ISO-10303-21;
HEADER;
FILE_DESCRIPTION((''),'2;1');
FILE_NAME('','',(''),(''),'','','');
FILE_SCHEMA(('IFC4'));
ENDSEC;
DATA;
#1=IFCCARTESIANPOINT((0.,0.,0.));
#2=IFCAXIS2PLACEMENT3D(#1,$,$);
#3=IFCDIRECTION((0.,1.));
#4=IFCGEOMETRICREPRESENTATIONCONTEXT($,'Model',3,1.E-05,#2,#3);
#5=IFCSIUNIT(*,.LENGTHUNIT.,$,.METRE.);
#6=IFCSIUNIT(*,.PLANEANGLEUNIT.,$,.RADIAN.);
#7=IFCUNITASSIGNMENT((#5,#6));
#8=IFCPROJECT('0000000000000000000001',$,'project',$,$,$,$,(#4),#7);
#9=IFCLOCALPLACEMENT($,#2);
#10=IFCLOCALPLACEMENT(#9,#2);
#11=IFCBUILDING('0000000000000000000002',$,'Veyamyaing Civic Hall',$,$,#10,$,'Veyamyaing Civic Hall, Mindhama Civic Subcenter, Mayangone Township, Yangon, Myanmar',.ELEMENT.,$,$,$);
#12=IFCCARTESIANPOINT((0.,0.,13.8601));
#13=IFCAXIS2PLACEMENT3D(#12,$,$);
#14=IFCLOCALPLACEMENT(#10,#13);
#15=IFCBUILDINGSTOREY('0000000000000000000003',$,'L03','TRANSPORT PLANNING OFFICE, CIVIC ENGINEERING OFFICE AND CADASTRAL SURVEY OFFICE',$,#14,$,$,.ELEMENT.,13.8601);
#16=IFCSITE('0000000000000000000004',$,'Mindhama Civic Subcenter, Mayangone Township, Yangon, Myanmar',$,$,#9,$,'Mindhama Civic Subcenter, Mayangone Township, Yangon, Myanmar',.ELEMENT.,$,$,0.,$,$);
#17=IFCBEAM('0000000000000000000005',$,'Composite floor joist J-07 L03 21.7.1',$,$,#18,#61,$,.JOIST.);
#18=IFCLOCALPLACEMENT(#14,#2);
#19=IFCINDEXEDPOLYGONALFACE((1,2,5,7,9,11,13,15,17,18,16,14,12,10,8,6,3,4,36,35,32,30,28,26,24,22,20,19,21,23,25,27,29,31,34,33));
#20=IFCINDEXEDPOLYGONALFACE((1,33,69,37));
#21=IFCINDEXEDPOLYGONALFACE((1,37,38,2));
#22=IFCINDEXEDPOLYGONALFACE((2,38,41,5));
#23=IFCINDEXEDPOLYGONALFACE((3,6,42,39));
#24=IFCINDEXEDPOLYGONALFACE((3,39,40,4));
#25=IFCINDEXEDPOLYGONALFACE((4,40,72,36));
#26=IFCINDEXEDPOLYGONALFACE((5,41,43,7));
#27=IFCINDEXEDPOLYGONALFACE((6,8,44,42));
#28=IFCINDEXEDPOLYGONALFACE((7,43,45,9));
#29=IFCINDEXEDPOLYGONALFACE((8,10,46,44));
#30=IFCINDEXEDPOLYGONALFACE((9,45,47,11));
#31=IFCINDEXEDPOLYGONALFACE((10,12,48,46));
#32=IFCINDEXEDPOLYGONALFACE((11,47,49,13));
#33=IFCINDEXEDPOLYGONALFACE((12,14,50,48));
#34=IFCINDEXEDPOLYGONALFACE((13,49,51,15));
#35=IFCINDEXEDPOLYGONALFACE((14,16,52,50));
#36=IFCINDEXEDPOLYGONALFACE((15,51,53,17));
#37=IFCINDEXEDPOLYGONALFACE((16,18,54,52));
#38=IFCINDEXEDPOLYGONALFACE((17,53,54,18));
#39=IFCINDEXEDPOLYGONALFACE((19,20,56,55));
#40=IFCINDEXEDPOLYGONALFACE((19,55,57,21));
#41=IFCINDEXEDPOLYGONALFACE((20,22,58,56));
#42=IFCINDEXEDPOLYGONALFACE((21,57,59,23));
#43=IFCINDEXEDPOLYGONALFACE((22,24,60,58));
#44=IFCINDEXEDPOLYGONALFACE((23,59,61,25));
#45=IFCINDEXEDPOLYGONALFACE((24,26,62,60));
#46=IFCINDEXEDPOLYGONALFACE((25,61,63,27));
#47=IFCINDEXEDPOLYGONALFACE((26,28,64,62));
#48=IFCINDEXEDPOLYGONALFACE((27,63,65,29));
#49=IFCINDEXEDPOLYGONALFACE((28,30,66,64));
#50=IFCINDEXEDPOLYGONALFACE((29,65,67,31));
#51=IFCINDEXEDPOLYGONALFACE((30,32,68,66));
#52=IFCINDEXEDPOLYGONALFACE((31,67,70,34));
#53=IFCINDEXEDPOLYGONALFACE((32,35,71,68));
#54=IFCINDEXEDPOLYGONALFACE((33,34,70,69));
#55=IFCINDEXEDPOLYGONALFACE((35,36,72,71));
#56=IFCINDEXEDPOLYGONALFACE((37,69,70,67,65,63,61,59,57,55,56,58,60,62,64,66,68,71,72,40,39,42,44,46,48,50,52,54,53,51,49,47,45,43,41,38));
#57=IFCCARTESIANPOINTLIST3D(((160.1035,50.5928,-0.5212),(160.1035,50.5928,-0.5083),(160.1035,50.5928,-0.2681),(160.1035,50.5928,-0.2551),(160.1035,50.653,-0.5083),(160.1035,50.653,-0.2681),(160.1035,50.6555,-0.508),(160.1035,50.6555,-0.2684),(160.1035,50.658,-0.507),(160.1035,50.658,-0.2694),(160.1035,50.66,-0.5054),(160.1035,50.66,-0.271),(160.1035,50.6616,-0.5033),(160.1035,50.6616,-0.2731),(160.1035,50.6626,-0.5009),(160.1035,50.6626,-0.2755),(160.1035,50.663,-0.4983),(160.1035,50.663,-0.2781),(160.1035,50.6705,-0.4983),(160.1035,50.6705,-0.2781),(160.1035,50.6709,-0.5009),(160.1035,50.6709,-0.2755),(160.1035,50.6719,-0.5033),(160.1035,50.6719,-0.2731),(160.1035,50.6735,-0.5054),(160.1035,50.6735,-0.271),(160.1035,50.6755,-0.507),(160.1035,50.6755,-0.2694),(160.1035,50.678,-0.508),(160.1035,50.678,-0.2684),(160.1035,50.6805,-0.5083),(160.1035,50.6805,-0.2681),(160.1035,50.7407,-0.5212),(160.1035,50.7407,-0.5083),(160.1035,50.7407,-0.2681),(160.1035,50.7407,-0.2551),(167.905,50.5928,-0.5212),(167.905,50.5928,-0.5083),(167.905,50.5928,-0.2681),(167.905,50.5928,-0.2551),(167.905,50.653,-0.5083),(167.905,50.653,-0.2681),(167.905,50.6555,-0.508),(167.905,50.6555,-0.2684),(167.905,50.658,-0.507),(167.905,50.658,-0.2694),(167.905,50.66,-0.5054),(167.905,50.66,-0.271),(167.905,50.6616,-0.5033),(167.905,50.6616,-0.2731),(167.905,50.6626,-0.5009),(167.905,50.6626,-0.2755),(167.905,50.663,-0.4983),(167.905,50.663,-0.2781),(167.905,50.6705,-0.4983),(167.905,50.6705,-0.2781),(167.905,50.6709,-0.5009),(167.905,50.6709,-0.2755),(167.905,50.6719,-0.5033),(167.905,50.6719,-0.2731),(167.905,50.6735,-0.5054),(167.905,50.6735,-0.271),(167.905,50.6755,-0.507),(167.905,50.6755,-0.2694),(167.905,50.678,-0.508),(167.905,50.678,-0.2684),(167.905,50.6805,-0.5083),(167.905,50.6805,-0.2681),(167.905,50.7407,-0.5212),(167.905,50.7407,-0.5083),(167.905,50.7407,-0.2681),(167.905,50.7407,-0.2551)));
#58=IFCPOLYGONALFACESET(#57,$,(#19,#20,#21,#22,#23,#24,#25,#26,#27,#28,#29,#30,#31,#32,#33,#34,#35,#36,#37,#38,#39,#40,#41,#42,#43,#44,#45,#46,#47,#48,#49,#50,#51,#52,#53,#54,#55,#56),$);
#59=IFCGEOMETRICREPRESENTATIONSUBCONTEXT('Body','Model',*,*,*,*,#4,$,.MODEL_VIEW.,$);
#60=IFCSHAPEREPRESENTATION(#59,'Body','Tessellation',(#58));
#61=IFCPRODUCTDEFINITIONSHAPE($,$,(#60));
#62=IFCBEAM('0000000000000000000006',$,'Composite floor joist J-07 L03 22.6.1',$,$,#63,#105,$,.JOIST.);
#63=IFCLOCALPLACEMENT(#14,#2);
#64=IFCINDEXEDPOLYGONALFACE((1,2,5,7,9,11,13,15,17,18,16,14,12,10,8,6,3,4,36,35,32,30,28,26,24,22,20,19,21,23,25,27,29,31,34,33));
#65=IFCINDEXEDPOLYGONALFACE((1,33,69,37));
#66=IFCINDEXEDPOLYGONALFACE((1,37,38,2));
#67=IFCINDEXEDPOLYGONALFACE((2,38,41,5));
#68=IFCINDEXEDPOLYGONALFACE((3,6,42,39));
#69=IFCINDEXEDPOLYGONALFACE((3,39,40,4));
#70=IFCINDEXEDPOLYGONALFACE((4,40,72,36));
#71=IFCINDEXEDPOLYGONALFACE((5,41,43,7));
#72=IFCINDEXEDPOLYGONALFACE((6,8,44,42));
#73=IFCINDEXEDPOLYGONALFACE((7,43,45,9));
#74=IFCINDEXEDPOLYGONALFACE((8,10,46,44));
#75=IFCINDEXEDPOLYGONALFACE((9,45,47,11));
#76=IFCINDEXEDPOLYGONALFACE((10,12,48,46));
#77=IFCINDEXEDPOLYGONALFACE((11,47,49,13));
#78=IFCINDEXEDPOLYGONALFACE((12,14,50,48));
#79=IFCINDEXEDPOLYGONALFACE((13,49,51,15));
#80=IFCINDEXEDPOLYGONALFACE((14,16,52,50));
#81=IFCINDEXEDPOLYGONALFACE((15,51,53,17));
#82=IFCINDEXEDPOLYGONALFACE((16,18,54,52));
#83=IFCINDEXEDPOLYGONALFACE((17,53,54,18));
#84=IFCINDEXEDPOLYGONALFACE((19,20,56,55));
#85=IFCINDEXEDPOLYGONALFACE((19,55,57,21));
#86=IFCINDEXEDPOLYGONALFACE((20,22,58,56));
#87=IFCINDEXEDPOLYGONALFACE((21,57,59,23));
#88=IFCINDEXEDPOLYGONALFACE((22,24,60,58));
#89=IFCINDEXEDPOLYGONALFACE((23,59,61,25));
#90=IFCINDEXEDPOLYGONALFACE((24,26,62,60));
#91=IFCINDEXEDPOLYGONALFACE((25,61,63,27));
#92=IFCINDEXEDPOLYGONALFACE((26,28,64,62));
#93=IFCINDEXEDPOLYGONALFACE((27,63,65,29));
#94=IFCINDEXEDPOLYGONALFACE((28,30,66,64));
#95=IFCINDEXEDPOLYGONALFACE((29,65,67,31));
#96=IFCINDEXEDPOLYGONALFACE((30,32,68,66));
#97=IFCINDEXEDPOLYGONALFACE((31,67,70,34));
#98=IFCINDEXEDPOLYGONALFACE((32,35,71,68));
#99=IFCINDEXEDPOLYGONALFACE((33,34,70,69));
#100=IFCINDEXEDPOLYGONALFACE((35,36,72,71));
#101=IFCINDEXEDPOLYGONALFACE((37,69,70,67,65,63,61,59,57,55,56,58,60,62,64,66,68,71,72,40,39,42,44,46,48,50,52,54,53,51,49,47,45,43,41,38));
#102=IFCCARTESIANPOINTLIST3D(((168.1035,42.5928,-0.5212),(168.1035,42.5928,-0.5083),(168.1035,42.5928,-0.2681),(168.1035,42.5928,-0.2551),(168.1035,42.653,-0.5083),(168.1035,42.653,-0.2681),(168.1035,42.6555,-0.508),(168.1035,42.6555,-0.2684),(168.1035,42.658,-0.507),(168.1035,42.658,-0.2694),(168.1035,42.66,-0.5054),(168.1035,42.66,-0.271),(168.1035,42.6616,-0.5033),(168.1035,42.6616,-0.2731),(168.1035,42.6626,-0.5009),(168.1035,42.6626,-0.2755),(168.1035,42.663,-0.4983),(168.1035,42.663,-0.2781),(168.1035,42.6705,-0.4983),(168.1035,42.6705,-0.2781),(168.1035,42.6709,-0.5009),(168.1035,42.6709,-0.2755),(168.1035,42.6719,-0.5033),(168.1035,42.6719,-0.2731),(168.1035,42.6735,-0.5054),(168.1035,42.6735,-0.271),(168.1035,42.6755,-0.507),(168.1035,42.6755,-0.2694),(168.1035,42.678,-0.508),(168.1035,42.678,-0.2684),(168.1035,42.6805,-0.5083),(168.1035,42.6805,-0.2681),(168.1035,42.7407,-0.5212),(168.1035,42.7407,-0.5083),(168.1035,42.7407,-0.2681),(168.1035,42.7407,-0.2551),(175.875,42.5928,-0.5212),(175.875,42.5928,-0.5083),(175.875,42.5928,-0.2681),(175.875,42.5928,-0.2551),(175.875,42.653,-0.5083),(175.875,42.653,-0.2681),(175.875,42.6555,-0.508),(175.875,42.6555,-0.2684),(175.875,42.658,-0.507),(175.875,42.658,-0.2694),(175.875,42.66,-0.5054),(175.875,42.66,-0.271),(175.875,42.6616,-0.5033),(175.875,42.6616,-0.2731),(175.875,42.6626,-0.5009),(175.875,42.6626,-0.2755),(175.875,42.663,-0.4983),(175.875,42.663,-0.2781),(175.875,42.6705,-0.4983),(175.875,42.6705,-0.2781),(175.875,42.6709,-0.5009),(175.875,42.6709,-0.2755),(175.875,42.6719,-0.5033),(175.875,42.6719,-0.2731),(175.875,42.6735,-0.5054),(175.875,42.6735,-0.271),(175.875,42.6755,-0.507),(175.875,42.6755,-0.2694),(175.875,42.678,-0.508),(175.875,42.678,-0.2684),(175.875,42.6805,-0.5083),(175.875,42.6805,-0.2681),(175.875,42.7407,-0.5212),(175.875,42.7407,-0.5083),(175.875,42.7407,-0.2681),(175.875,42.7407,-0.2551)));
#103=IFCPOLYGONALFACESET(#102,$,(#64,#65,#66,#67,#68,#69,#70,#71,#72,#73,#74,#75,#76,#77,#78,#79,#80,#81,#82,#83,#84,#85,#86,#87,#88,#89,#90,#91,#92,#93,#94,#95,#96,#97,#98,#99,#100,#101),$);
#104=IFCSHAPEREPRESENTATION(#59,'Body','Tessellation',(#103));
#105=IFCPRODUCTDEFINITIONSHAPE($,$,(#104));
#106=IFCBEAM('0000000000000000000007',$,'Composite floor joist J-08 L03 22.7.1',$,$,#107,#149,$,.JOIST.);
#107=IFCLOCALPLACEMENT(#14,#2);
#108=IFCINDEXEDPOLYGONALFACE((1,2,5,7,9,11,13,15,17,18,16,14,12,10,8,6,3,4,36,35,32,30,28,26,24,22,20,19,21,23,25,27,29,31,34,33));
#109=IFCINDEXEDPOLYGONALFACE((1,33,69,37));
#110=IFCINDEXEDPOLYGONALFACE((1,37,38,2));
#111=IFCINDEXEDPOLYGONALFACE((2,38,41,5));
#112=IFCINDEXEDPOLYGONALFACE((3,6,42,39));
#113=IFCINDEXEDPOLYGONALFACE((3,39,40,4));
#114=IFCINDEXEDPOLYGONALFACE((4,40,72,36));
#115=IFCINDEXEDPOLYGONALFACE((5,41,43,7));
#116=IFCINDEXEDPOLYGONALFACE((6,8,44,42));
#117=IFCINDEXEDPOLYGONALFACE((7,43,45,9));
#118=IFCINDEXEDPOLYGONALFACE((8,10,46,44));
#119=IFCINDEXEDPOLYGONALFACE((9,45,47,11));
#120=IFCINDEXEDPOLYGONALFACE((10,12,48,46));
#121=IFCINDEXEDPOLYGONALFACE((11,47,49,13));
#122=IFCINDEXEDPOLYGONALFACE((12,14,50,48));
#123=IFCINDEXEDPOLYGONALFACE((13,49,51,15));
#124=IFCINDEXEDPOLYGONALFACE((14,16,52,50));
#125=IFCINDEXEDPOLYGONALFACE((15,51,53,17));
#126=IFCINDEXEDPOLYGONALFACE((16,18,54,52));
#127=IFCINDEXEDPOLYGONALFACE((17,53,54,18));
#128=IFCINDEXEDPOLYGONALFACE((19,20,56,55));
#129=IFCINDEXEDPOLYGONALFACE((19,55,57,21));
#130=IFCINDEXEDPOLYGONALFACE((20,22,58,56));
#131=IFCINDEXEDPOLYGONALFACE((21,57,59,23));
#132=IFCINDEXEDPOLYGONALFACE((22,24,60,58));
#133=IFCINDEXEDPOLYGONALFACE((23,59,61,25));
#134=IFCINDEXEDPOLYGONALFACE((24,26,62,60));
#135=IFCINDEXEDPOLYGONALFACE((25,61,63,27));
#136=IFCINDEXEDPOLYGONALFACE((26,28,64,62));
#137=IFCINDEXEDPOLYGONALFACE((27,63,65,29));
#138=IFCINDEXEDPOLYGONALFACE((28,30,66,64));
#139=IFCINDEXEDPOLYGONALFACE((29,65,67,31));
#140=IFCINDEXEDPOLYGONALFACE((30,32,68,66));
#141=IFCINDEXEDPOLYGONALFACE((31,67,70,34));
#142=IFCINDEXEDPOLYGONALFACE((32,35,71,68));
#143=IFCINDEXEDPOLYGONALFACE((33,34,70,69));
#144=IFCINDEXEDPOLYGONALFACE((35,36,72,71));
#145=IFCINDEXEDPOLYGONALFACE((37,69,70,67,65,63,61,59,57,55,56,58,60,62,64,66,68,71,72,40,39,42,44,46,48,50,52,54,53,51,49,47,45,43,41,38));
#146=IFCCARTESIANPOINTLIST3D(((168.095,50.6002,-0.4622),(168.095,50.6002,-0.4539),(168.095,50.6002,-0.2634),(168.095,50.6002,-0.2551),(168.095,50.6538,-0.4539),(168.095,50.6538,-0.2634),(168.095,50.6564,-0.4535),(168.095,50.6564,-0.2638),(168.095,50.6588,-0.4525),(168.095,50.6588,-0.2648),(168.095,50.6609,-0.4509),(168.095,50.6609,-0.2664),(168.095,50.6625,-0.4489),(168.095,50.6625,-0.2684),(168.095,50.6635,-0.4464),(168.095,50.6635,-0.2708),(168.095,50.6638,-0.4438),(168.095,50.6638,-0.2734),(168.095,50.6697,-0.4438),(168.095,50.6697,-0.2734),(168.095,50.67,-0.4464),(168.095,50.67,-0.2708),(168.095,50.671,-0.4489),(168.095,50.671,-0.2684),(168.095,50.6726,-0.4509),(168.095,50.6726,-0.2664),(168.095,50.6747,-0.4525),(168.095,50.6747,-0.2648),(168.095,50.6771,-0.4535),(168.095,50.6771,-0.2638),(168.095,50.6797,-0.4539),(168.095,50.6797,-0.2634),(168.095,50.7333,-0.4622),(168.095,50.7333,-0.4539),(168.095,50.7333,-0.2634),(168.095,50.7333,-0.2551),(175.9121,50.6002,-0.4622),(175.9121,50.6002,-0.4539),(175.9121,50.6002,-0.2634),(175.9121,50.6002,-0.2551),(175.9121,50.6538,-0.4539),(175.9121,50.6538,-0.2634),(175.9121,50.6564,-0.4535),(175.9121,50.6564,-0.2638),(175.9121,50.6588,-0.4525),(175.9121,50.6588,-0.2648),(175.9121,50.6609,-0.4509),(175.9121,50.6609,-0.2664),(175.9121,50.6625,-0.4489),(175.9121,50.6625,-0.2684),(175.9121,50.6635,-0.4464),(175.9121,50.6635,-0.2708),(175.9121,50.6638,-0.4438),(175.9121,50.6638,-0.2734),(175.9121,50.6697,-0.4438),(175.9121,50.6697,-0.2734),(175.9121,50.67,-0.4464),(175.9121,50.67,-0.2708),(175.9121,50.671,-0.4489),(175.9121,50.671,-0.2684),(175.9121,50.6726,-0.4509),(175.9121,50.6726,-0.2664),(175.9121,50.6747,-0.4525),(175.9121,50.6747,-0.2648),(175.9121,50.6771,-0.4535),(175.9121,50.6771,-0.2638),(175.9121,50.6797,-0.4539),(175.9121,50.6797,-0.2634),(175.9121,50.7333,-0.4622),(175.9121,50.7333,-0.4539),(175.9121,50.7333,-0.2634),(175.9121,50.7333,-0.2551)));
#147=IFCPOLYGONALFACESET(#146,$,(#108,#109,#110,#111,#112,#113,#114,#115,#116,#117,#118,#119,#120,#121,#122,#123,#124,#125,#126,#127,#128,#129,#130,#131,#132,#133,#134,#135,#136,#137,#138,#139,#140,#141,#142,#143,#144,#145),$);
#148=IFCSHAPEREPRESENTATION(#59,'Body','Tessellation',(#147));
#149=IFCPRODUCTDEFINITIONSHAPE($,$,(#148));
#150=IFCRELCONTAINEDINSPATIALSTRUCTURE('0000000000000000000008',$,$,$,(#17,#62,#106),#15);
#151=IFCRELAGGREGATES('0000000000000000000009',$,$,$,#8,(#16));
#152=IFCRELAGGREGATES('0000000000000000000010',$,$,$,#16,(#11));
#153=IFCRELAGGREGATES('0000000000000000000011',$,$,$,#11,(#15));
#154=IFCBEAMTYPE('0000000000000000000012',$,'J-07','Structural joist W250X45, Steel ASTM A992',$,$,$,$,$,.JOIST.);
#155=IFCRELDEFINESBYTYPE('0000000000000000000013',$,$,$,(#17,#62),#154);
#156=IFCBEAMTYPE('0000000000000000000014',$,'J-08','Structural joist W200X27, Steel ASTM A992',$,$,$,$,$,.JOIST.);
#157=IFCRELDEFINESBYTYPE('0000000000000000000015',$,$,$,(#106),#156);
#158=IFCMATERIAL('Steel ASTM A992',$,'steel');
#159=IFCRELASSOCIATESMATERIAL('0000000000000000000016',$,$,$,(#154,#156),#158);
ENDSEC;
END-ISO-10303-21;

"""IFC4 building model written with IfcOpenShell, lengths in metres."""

from ifc_helpers import new_model, si_unit, direction, frame, origin, origin_2d, place, context, subcontext, project, spatial, i_section, extrude, material, material_profile, profile_set, type_object, element, save


model = new_model("IFC4")

# Units and contexts
model_context = context("Model", 3, precision=1e-05, world=origin(), true_north=direction((0.0, 1.0)))
body_context = subcontext(model_context, "Body", "Model", "MODEL_VIEW")
ifc_project = project(units=[si_unit("LENGTHUNIT", "METRE"), si_unit("PLANEANGLEUNIT", "RADIAN")], contexts=[model_context])

# Site, building, storey
site_placement = place(None, origin())
site = spatial("IfcSite", under=ifc_project, at=site_placement, Name="Mindhama Civic Subcenter, Mayangone Township, Yangon, Myanmar", LongName="Mindhama Civic Subcenter, Mayangone Township, Yangon, Myanmar", CompositionType="ELEMENT", RefElevation=0.0)
building_placement = place(site_placement, origin())
building = spatial("IfcBuilding", under=site, at=building_placement, Name="Veyamyaing Civic Hall", LongName="Veyamyaing Civic Hall, Mindhama Civic Subcenter, Mayangone Township, Yangon, Myanmar", CompositionType="ELEMENT")
storey_placement = place(building_placement, frame((0.0, 0.0, 13.8601)))
storey = spatial("IfcBuildingStorey", under=building, at=storey_placement, Name="L03", Description="TRANSPORT PLANNING OFFICE, CIVIC ENGINEERING OFFICE AND CADASTRAL SURVEY OFFICE", CompositionType="ELEMENT", Elevation=13.8601)

# Beams
ifc_material_1 = material(Name="Steel ASTM A992", Category="steel")
ifc_material_profile_1 = material_profile(ifc_material_1, i_section(OverallWidth=0.1479, OverallDepth=0.2661, WebThickness=0.0076, FlangeThickness=0.0129, FilletRadius=0.01, at=origin_2d()), Name="W250X45")
ifc_profile_set_1 = profile_set([ifc_material_profile_1], Name="Steel ASTM A992")
beam_type_1 = type_object("IfcBeamType", Name="J-07", Description="Structural joist W250X45, Steel ASTM A992", PredefinedType="JOIST", material=ifc_profile_set_1)
beam_1_placement = place(storey_placement, frame((160.1035, 50.6667, -0.3882), z_axis=(1.0, 0.0, 0.0), x_axis=(0.0, 1.0, 0.0)))
element("IfcBeam", 1, at=beam_1_placement, inside=storey, type_object=beam_type_1, Name="Composite floor joist J-07 L03 21.7.1", PredefinedType="JOIST", context=body_context, shape_type="SweptSolid", body=[
    extrude(i_section(OverallWidth=0.1479, OverallDepth=0.2661, WebThickness=0.0076, FlangeThickness=0.0129, FilletRadius=0.01, at=origin_2d()), origin(), (0.0, 0.0, 1.0), 7.8015),
])
beam_2_placement = place(storey_placement, frame((168.1035, 42.6667, -0.3882), z_axis=(1.0, 0.0, 0.0), x_axis=(0.0, 1.0, 0.0)))
element("IfcBeam", 2, at=beam_2_placement, inside=storey, type_object=beam_type_1, Name="Composite floor joist J-07 L03 22.6.1", PredefinedType="JOIST", context=body_context, shape_type="SweptSolid", body=[
    extrude(i_section(OverallWidth=0.1479, OverallDepth=0.2661, WebThickness=0.0076, FlangeThickness=0.0129, FilletRadius=0.01, at=origin_2d()), origin(), (0.0, 0.0, 1.0), 7.7715),
])
ifc_material_profile_2 = material_profile(ifc_material_1, i_section(OverallWidth=0.1331, OverallDepth=0.207, WebThickness=0.0059, FlangeThickness=0.0083, FilletRadius=0.01, at=origin_2d()), Name="W200X27")
ifc_profile_set_2 = profile_set([ifc_material_profile_2], Name="Steel ASTM A992")
beam_type_2 = type_object("IfcBeamType", Name="J-08", Description="Structural joist W200X27, Steel ASTM A992", PredefinedType="JOIST", material=ifc_profile_set_2)
beam_3_placement = place(storey_placement, frame((168.095, 50.6667, -0.3586), z_axis=(1.0, 0.0, 0.0), x_axis=(0.0, 1.0, 0.0)))
element("IfcBeam", 3, at=beam_3_placement, inside=storey, type_object=beam_type_2, Name="Composite floor joist J-08 L03 22.7.1", PredefinedType="JOIST", context=body_context, shape_type="SweptSolid", body=[
    extrude(i_section(OverallWidth=0.1331, OverallDepth=0.207, WebThickness=0.0059, FlangeThickness=0.0083, FilletRadius=0.01, at=origin_2d()), origin(), (0.0, 0.0, 1.0), 7.8171),
])

save(model, "model.ifc")
